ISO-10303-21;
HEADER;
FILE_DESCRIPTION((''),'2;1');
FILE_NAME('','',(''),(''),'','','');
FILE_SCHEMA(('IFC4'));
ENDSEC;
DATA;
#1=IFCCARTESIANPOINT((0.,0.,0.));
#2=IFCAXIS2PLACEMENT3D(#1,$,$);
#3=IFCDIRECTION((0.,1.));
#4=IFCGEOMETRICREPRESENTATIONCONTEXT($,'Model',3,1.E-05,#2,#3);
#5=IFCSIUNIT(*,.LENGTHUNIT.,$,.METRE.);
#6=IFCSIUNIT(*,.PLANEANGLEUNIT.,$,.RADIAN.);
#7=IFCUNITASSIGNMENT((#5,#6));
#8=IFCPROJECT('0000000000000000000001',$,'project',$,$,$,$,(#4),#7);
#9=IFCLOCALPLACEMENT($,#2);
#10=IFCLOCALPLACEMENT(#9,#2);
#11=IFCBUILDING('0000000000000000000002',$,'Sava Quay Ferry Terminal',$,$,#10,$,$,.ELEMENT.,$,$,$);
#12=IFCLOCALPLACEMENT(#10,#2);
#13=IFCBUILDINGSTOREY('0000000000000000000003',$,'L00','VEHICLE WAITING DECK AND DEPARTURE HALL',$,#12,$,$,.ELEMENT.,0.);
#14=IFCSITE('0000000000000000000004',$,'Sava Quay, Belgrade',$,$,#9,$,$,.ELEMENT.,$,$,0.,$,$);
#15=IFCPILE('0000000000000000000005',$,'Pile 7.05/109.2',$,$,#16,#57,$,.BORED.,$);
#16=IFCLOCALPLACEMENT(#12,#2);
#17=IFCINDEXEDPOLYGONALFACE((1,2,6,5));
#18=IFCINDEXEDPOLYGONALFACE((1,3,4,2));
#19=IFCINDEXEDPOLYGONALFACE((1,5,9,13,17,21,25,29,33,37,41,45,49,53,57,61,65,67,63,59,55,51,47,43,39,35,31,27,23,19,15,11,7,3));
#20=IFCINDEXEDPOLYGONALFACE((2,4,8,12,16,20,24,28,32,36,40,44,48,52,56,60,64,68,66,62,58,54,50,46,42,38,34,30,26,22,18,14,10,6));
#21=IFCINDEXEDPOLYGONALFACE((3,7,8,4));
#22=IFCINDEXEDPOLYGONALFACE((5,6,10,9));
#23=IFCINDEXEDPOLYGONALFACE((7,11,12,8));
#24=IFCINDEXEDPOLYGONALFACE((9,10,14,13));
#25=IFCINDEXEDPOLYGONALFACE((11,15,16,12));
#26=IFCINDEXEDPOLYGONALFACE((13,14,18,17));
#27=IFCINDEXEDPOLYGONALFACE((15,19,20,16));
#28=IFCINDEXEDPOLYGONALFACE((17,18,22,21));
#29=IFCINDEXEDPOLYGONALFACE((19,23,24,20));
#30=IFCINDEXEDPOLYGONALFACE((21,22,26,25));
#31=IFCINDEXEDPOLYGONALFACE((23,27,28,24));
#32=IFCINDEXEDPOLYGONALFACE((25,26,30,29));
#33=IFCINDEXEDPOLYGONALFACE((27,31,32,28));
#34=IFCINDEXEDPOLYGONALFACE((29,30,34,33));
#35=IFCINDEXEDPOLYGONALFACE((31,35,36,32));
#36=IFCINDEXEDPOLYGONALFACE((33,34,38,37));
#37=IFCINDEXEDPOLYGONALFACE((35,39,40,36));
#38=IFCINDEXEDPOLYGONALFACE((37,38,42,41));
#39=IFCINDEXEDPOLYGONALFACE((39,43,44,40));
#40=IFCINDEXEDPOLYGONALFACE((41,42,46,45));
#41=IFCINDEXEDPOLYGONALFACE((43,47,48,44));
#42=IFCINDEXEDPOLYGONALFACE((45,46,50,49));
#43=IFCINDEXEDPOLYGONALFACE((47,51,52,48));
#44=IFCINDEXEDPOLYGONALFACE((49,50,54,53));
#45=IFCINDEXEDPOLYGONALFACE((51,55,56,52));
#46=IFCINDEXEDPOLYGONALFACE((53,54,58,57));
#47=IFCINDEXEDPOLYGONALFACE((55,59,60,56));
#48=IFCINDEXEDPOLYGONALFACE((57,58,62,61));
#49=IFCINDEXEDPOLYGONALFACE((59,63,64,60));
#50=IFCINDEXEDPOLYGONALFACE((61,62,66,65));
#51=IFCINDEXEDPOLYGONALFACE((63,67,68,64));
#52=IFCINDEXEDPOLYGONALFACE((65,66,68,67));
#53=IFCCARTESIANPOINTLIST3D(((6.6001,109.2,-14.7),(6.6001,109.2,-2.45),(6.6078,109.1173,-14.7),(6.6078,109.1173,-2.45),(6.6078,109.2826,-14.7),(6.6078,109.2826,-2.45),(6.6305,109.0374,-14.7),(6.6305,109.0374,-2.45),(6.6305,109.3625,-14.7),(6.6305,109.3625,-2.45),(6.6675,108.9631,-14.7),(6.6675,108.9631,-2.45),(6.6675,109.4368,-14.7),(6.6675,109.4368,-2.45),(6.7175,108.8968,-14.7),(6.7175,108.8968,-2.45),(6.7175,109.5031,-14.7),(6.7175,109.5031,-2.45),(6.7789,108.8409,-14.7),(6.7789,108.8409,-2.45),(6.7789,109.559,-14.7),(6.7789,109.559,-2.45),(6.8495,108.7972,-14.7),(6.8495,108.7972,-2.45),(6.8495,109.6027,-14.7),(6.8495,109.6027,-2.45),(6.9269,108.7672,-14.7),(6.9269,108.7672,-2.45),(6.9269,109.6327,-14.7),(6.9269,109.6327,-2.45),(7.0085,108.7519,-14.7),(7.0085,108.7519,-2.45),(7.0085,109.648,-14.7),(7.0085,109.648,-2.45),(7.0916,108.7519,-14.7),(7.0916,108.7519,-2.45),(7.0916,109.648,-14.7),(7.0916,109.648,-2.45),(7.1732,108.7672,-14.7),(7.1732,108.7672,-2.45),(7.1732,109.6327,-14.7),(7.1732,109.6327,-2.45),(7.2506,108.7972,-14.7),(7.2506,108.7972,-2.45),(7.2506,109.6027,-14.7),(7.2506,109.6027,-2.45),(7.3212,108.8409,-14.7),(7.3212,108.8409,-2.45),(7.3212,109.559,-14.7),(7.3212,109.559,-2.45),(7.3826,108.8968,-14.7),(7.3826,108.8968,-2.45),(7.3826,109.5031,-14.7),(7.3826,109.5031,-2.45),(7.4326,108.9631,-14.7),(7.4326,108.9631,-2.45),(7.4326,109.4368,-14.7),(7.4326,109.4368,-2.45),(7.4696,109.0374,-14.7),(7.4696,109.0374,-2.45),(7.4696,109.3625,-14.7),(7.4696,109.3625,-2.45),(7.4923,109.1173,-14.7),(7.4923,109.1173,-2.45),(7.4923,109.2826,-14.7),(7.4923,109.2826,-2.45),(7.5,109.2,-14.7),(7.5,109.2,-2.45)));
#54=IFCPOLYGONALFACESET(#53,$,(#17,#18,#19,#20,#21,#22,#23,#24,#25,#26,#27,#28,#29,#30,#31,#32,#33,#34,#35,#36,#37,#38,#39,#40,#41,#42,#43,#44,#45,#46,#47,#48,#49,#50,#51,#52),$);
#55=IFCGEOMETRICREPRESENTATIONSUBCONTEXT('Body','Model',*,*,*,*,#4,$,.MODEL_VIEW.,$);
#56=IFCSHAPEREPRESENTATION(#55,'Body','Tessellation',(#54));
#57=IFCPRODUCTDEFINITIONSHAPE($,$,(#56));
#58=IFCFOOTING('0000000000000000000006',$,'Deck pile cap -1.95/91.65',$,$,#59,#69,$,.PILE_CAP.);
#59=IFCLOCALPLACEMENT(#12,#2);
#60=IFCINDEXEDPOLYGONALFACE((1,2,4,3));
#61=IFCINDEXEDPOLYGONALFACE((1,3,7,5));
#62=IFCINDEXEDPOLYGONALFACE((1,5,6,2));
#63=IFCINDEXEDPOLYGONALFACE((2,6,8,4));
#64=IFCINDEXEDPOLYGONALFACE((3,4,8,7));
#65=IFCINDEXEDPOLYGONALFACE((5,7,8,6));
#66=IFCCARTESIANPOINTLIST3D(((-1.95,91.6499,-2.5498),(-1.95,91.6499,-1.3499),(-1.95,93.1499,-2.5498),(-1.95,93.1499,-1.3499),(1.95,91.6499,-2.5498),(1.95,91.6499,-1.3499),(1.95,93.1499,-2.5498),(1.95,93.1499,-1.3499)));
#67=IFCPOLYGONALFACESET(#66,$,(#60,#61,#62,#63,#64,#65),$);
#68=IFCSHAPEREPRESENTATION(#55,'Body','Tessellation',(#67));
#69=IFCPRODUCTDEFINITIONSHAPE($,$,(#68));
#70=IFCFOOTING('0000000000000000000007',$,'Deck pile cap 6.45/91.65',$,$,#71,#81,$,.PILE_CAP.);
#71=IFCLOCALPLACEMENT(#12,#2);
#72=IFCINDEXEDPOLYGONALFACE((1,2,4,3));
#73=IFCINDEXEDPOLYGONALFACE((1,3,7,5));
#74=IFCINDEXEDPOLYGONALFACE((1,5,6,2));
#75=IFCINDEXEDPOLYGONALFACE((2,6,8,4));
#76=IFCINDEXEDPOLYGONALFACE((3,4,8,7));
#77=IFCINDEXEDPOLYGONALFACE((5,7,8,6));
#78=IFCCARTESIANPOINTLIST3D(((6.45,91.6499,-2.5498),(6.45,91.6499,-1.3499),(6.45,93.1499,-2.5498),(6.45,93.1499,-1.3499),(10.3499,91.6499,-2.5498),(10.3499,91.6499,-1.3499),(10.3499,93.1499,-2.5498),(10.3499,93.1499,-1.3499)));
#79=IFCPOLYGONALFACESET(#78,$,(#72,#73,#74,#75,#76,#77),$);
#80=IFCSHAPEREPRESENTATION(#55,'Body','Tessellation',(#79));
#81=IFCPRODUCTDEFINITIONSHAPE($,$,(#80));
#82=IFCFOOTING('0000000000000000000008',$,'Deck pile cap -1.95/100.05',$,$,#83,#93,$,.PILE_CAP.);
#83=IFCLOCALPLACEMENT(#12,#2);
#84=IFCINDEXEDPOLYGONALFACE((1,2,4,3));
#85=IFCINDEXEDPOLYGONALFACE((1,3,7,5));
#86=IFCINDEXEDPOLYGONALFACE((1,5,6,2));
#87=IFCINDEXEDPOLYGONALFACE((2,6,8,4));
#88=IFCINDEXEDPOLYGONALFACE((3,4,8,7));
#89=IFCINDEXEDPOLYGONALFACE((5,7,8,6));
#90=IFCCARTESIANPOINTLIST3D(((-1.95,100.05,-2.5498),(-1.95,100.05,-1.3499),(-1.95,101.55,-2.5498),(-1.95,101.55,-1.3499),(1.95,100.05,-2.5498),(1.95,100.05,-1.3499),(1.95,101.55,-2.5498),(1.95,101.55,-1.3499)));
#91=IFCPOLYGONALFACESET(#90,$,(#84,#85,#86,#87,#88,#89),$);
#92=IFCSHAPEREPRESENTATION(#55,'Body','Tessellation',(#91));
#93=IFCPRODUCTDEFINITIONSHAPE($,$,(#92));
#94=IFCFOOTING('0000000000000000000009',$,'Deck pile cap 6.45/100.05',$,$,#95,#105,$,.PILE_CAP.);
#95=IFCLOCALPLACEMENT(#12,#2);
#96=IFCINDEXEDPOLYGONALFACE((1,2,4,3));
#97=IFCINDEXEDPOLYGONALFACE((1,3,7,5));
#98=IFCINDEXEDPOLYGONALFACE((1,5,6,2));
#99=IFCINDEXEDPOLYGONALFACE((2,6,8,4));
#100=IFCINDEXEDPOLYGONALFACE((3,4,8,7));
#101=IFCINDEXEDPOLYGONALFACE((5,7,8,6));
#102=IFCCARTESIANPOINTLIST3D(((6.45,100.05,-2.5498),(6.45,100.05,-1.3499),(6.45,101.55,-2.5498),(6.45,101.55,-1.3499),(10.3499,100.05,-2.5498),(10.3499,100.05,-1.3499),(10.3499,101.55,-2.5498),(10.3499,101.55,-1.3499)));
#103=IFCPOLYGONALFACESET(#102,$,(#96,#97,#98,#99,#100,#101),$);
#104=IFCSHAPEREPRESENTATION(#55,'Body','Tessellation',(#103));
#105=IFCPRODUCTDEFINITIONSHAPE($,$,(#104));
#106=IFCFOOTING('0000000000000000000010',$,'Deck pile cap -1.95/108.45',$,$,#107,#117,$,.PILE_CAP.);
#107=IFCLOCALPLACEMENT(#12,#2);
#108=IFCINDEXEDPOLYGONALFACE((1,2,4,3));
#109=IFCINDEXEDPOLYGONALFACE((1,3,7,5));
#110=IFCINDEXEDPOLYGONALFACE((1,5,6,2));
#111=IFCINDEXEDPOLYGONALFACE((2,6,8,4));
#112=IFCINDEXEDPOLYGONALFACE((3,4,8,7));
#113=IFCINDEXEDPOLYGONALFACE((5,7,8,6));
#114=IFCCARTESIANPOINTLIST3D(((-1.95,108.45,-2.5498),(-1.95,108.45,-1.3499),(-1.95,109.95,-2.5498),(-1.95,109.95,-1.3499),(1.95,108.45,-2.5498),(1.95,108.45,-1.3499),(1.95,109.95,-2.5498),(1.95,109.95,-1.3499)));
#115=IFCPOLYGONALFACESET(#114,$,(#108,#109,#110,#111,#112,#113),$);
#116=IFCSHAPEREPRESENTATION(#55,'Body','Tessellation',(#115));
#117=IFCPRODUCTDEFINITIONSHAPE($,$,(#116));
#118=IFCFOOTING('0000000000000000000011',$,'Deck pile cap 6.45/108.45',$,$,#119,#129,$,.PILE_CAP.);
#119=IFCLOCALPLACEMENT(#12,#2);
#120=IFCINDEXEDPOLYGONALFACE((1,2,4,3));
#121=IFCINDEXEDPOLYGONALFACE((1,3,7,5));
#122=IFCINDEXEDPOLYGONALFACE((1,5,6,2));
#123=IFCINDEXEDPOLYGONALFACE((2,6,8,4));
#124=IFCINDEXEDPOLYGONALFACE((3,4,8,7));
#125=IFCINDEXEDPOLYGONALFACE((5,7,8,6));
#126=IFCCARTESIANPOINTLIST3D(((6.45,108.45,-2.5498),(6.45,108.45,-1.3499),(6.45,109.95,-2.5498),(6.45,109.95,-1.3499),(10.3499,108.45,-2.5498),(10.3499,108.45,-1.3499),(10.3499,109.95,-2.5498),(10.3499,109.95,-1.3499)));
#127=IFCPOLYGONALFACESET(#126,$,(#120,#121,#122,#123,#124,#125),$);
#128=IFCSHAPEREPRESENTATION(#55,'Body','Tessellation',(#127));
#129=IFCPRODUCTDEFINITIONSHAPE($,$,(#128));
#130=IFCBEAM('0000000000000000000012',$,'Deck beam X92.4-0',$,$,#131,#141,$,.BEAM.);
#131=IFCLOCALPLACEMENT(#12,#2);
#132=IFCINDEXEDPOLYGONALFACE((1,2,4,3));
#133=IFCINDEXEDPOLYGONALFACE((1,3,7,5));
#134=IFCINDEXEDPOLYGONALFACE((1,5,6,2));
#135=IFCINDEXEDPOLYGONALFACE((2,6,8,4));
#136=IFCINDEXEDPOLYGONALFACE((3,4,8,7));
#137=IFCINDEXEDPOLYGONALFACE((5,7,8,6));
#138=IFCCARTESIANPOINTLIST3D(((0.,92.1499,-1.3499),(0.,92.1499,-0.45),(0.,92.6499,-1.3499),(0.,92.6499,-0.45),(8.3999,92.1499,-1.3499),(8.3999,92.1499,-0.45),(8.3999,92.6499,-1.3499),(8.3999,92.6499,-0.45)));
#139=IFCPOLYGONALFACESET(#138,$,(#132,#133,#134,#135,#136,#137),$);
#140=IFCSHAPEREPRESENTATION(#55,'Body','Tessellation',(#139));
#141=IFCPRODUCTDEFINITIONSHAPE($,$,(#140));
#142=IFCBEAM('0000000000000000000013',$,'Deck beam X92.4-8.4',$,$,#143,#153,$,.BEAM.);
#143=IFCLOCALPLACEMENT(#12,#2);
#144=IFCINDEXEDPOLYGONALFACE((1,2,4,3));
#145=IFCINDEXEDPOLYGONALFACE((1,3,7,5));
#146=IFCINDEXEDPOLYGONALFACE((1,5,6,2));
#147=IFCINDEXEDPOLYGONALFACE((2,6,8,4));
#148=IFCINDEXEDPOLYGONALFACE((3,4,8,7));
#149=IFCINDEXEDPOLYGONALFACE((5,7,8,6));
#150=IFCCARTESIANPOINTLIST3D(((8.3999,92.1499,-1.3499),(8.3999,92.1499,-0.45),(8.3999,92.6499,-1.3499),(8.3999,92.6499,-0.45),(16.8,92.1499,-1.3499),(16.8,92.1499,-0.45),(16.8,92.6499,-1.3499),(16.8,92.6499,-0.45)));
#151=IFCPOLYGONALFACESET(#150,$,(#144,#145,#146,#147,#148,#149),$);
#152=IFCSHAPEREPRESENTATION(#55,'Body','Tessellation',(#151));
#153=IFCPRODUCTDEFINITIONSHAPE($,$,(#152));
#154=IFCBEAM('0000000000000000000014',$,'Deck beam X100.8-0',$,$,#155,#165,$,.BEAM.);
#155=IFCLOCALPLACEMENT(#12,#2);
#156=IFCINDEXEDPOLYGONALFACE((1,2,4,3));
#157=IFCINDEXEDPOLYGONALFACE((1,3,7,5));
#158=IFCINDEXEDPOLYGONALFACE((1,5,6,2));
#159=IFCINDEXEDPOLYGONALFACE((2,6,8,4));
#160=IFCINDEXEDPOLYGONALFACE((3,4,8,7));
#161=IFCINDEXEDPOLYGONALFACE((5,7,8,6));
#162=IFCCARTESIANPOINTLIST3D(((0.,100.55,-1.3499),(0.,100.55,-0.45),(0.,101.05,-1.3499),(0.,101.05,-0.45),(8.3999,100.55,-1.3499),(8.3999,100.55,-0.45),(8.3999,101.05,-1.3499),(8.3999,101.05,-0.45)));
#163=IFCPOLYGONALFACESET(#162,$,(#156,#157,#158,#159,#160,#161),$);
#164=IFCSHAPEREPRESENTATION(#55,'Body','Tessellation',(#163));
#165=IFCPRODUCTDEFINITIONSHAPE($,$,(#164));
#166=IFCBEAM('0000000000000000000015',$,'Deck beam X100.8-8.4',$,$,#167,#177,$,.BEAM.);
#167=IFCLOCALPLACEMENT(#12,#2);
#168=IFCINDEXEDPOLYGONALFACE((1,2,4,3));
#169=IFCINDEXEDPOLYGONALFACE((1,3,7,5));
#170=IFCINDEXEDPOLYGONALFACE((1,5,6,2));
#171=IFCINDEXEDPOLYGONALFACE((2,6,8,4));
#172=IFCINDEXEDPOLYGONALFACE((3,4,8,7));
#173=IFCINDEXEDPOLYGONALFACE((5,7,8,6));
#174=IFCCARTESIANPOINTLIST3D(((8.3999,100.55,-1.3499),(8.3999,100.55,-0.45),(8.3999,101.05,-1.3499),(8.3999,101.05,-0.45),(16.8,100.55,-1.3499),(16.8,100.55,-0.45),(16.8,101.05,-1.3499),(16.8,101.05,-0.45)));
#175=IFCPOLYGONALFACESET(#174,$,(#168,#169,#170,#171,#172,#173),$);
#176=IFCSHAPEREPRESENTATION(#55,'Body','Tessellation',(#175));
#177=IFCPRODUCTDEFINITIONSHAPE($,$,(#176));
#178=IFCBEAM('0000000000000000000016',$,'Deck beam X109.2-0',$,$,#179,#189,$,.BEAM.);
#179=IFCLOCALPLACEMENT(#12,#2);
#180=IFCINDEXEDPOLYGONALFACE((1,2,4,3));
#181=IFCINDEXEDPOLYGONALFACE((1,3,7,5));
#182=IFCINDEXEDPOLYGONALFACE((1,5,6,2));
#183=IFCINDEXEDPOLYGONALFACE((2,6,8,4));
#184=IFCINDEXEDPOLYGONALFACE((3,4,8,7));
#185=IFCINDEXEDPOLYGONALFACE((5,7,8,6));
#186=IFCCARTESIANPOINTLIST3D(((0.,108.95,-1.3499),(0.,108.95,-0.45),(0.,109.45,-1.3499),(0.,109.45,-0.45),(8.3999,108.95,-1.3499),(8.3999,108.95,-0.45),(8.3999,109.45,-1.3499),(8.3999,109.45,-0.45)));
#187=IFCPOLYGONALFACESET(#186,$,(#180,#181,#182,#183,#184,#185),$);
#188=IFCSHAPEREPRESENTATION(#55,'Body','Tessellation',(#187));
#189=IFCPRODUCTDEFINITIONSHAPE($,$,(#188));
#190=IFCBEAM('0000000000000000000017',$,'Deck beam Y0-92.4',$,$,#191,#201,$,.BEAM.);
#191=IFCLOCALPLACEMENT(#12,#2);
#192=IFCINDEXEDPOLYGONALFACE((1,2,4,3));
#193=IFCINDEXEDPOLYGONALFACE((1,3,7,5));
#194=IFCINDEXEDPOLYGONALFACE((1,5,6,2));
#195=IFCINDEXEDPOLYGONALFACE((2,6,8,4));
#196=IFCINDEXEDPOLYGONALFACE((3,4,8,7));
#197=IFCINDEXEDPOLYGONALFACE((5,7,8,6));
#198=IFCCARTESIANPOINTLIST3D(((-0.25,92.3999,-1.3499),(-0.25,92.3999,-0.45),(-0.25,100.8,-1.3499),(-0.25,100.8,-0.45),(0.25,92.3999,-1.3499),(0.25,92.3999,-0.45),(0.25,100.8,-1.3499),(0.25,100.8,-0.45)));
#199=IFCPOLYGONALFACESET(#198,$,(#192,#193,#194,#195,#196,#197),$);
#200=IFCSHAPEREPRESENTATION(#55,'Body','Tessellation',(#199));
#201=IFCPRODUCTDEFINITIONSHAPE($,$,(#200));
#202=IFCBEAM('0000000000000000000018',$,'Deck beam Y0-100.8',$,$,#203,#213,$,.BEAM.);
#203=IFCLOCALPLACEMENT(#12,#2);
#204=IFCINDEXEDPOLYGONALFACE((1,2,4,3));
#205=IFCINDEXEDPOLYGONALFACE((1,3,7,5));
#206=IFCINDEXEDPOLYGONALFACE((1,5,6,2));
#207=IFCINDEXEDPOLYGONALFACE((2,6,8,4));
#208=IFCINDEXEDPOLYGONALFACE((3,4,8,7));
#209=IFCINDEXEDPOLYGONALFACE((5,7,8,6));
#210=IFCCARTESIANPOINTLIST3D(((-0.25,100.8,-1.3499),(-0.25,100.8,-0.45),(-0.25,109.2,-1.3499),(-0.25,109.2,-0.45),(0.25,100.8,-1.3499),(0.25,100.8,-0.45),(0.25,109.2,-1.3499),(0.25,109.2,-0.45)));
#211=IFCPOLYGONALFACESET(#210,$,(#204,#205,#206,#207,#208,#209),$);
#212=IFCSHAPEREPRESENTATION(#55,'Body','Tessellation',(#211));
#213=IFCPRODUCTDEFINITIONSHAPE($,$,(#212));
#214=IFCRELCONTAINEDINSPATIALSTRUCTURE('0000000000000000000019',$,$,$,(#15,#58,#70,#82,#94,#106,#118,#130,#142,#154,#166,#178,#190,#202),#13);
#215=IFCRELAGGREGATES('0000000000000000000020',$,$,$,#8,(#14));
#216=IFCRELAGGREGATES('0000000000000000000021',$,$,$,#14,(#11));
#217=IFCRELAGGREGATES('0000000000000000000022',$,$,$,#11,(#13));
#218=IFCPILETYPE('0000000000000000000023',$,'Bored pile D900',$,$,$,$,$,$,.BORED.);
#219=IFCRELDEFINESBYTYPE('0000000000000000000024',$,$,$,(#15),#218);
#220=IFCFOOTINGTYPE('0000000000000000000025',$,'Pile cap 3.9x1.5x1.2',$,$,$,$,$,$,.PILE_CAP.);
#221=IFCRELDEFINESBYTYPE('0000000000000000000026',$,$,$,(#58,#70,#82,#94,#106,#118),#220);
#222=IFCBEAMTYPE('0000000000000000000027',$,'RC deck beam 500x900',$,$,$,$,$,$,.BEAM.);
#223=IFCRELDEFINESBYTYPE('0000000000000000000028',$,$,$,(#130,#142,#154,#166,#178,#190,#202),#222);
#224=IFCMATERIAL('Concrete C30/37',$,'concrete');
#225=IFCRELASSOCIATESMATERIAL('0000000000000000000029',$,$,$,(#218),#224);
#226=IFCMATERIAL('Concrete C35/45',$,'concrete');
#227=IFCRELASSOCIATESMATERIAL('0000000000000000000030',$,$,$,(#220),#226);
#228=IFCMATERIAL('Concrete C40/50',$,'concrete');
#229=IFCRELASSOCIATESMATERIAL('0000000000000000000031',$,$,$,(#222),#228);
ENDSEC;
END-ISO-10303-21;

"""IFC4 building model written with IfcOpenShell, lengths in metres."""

from ifc_helpers import new_model, si_unit, direction, frame, origin, origin_2d, place, context, subcontext, project, spatial, rectangle, circle, extrude, material, material_profile, profile_set, type_object, element, save


model = new_model("IFC4")

# Units and contexts
model_context = context("Model", 3, precision=1e-05, world=origin(), true_north=direction((0.0, 1.0)))
body_context = subcontext(model_context, "Body", "Model", "MODEL_VIEW")
ifc_project = project(units=[si_unit("LENGTHUNIT", "METRE"), si_unit("PLANEANGLEUNIT", "RADIAN")], contexts=[model_context])

# Site, building, storey
site_placement = place(None, origin())
site = spatial("IfcSite", under=ifc_project, at=site_placement, Name="Sava Quay, Belgrade", CompositionType="ELEMENT", RefElevation=0.0)
building_placement = place(site_placement, origin())
building = spatial("IfcBuilding", under=site, at=building_placement, Name="Sava Quay Ferry Terminal", CompositionType="ELEMENT")
storey_placement = place(building_placement, origin())
storey = spatial("IfcBuildingStorey", under=building, at=storey_placement, Name="L00", Description="VEHICLE WAITING DECK AND DEPARTURE HALL", CompositionType="ELEMENT", Elevation=0.0)

# Pile
ifc_material_1 = material(Name="Concrete C30/37", Category="concrete")
ifc_material_profile_1 = material_profile(ifc_material_1, circle(Radius=0.45, at=origin_2d()), Name="Bored pile D900")
ifc_profile_set_1 = profile_set([ifc_material_profile_1], Name="Concrete C30/37")
pile_type = type_object("IfcPileType", Name="Bored pile D900", PredefinedType="BORED", material=ifc_profile_set_1)
for number, where, z_axis, x_axis, name in (
    (1, (7.05, 109.2, -2.45), (0.0, 0.0, -1.0), (1.0, 0.0, 0.0), "Pile 7.05/109.2"),
):
    element("IfcPile", number, at=place(storey_placement, frame(where, z_axis=z_axis, x_axis=x_axis)), inside=storey, type_object=pile_type, Name=name, PredefinedType="BORED", context=body_context, shape_type="SweptSolid", body=[
        extrude(circle(Radius=0.45, at=origin_2d()), origin(), (0.0, 0.0, 1.0), 12.25),
    ])

# Footings
ifc_material_2 = material(Name="Concrete C35/45", Category="concrete")
footing_type = type_object("IfcFootingType", Name="Pile cap 3.9x1.5x1.2", PredefinedType="PILE_CAP", material=ifc_material_2)
for number, where, z_axis, x_axis, name in (
    (2, (0.0, 92.3999, -2.5498), (0.0, 0.0, 1.0), (1.0, 0.0, 0.0), "Deck pile cap -1.95/91.65"),
    (3, (8.3999, 92.3999, -2.5498), (0.0, 0.0, 1.0), (1.0, 0.0, 0.0), "Deck pile cap 6.45/91.65"),
    (4, (0.0, 100.8, -2.5498), (0.0, 0.0, 1.0), (1.0, 0.0, 0.0), "Deck pile cap -1.95/100.05"),
    (5, (8.3999, 100.8, -2.5498), (0.0, 0.0, 1.0), (1.0, 0.0, 0.0), "Deck pile cap 6.45/100.05"),
    (6, (0.0, 109.2, -2.5498), (0.0, 0.0, 1.0), (1.0, 0.0, 0.0), "Deck pile cap -1.95/108.45"),
    (7, (8.3999, 109.2, -2.5498), (0.0, 0.0, 1.0), (1.0, 0.0, 0.0), "Deck pile cap 6.45/108.45"),
):
    element("IfcFooting", number, at=place(storey_placement, frame(where, z_axis=z_axis, x_axis=x_axis)), inside=storey, type_object=footing_type, Name=name, PredefinedType="PILE_CAP", context=body_context, shape_type="SweptSolid", body=[
        extrude(rectangle(XDim=3.8999, YDim=1.5, at=origin_2d()), origin(), (0.0, 0.0, 1.0), 1.2),
    ])

# Beams
ifc_material_3 = material(Name="Concrete C40/50", Category="concrete")
ifc_material_profile_2 = material_profile(ifc_material_3, rectangle(XDim=0.5, YDim=0.8999, at=origin_2d()), Name="RC 500x900")
ifc_profile_set_2 = profile_set([ifc_material_profile_2], Name="Concrete C40/50")
beam_type = type_object("IfcBeamType", Name="RC deck beam 500x900", PredefinedType="BEAM", material=ifc_profile_set_2)
beam_1_placement = place(storey_placement, frame((0.0, 92.3999, -0.8999), z_axis=(1.0, 0.0, 0.0), x_axis=(0.0, 1.0, 0.0)))
element("IfcBeam", 8, at=beam_1_placement, inside=storey, type_object=beam_type, Name="Deck beam X92.4-0", PredefinedType="BEAM", context=body_context, shape_type="SweptSolid", body=[
    extrude(rectangle(XDim=0.5, YDim=0.8999, at=origin_2d()), origin(), (0.0, 0.0, 1.0), 8.3999),
])
beam_2_placement = place(storey_placement, frame((8.3999, 92.3999, -0.8999), z_axis=(1.0, 0.0, 0.0), x_axis=(0.0, 1.0, 0.0)))
element("IfcBeam", 9, at=beam_2_placement, inside=storey, type_object=beam_type, Name="Deck beam X92.4-8.4", PredefinedType="BEAM", context=body_context, shape_type="SweptSolid", body=[
    extrude(rectangle(XDim=0.5, YDim=0.8999, at=origin_2d()), origin(), (0.0, 0.0, 1.0), 8.4001),
])
beam_3_placement = place(storey_placement, frame((0.0, 100.8, -0.8999), z_axis=(1.0, 0.0, 0.0), x_axis=(0.0, 1.0, 0.0)))
element("IfcBeam", 10, at=beam_3_placement, inside=storey, type_object=beam_type, Name="Deck beam X100.8-0", PredefinedType="BEAM", context=body_context, shape_type="SweptSolid", body=[
    extrude(rectangle(XDim=0.5, YDim=0.8999, at=origin_2d()), origin(), (0.0, 0.0, 1.0), 8.3999),
])
beam_4_placement = place(storey_placement, frame((8.3999, 100.8, -0.8999), z_axis=(1.0, 0.0, 0.0), x_axis=(0.0, 1.0, 0.0)))
element("IfcBeam", 11, at=beam_4_placement, inside=storey, type_object=beam_type, Name="Deck beam X100.8-8.4", PredefinedType="BEAM", context=body_context, shape_type="SweptSolid", body=[
    extrude(rectangle(XDim=0.5, YDim=0.8999, at=origin_2d()), origin(), (0.0, 0.0, 1.0), 8.4001),
])
beam_5_placement = place(storey_placement, frame((0.0, 109.2, -0.8999), z_axis=(1.0, 0.0, 0.0), x_axis=(0.0, 1.0, 0.0)))
element("IfcBeam", 12, at=beam_5_placement, inside=storey, type_object=beam_type, Name="Deck beam X109.2-0", PredefinedType="BEAM", context=body_context, shape_type="SweptSolid", body=[
    extrude(rectangle(XDim=0.5, YDim=0.8999, at=origin_2d()), origin(), (0.0, 0.0, 1.0), 8.3999),
])
beam_6_placement = place(storey_placement, frame((0.0, 92.3999, -0.8999), z_axis=(0.0, 1.0, 0.0), x_axis=(-1.0, 0.0, 0.0)))
element("IfcBeam", 13, at=beam_6_placement, inside=storey, type_object=beam_type, Name="Deck beam Y0-92.4", PredefinedType="BEAM", context=body_context, shape_type="SweptSolid", body=[
    extrude(rectangle(XDim=0.5, YDim=0.8999, at=origin_2d()), origin(), (0.0, 0.0, 1.0), 8.4001),
])
beam_7_placement = place(storey_placement, frame((0.0, 100.8, -0.8999), z_axis=(0.0, 1.0, 0.0), x_axis=(-1.0, 0.0, 0.0)))
element("IfcBeam", 14, at=beam_7_placement, inside=storey, type_object=beam_type, Name="Deck beam Y0-100.8", PredefinedType="BEAM", context=body_context, shape_type="SweptSolid", body=[
    extrude(rectangle(XDim=0.5, YDim=0.8999, at=origin_2d()), origin(), (0.0, 0.0, 1.0), 8.3999),
])

save(model, "model.ifc")
